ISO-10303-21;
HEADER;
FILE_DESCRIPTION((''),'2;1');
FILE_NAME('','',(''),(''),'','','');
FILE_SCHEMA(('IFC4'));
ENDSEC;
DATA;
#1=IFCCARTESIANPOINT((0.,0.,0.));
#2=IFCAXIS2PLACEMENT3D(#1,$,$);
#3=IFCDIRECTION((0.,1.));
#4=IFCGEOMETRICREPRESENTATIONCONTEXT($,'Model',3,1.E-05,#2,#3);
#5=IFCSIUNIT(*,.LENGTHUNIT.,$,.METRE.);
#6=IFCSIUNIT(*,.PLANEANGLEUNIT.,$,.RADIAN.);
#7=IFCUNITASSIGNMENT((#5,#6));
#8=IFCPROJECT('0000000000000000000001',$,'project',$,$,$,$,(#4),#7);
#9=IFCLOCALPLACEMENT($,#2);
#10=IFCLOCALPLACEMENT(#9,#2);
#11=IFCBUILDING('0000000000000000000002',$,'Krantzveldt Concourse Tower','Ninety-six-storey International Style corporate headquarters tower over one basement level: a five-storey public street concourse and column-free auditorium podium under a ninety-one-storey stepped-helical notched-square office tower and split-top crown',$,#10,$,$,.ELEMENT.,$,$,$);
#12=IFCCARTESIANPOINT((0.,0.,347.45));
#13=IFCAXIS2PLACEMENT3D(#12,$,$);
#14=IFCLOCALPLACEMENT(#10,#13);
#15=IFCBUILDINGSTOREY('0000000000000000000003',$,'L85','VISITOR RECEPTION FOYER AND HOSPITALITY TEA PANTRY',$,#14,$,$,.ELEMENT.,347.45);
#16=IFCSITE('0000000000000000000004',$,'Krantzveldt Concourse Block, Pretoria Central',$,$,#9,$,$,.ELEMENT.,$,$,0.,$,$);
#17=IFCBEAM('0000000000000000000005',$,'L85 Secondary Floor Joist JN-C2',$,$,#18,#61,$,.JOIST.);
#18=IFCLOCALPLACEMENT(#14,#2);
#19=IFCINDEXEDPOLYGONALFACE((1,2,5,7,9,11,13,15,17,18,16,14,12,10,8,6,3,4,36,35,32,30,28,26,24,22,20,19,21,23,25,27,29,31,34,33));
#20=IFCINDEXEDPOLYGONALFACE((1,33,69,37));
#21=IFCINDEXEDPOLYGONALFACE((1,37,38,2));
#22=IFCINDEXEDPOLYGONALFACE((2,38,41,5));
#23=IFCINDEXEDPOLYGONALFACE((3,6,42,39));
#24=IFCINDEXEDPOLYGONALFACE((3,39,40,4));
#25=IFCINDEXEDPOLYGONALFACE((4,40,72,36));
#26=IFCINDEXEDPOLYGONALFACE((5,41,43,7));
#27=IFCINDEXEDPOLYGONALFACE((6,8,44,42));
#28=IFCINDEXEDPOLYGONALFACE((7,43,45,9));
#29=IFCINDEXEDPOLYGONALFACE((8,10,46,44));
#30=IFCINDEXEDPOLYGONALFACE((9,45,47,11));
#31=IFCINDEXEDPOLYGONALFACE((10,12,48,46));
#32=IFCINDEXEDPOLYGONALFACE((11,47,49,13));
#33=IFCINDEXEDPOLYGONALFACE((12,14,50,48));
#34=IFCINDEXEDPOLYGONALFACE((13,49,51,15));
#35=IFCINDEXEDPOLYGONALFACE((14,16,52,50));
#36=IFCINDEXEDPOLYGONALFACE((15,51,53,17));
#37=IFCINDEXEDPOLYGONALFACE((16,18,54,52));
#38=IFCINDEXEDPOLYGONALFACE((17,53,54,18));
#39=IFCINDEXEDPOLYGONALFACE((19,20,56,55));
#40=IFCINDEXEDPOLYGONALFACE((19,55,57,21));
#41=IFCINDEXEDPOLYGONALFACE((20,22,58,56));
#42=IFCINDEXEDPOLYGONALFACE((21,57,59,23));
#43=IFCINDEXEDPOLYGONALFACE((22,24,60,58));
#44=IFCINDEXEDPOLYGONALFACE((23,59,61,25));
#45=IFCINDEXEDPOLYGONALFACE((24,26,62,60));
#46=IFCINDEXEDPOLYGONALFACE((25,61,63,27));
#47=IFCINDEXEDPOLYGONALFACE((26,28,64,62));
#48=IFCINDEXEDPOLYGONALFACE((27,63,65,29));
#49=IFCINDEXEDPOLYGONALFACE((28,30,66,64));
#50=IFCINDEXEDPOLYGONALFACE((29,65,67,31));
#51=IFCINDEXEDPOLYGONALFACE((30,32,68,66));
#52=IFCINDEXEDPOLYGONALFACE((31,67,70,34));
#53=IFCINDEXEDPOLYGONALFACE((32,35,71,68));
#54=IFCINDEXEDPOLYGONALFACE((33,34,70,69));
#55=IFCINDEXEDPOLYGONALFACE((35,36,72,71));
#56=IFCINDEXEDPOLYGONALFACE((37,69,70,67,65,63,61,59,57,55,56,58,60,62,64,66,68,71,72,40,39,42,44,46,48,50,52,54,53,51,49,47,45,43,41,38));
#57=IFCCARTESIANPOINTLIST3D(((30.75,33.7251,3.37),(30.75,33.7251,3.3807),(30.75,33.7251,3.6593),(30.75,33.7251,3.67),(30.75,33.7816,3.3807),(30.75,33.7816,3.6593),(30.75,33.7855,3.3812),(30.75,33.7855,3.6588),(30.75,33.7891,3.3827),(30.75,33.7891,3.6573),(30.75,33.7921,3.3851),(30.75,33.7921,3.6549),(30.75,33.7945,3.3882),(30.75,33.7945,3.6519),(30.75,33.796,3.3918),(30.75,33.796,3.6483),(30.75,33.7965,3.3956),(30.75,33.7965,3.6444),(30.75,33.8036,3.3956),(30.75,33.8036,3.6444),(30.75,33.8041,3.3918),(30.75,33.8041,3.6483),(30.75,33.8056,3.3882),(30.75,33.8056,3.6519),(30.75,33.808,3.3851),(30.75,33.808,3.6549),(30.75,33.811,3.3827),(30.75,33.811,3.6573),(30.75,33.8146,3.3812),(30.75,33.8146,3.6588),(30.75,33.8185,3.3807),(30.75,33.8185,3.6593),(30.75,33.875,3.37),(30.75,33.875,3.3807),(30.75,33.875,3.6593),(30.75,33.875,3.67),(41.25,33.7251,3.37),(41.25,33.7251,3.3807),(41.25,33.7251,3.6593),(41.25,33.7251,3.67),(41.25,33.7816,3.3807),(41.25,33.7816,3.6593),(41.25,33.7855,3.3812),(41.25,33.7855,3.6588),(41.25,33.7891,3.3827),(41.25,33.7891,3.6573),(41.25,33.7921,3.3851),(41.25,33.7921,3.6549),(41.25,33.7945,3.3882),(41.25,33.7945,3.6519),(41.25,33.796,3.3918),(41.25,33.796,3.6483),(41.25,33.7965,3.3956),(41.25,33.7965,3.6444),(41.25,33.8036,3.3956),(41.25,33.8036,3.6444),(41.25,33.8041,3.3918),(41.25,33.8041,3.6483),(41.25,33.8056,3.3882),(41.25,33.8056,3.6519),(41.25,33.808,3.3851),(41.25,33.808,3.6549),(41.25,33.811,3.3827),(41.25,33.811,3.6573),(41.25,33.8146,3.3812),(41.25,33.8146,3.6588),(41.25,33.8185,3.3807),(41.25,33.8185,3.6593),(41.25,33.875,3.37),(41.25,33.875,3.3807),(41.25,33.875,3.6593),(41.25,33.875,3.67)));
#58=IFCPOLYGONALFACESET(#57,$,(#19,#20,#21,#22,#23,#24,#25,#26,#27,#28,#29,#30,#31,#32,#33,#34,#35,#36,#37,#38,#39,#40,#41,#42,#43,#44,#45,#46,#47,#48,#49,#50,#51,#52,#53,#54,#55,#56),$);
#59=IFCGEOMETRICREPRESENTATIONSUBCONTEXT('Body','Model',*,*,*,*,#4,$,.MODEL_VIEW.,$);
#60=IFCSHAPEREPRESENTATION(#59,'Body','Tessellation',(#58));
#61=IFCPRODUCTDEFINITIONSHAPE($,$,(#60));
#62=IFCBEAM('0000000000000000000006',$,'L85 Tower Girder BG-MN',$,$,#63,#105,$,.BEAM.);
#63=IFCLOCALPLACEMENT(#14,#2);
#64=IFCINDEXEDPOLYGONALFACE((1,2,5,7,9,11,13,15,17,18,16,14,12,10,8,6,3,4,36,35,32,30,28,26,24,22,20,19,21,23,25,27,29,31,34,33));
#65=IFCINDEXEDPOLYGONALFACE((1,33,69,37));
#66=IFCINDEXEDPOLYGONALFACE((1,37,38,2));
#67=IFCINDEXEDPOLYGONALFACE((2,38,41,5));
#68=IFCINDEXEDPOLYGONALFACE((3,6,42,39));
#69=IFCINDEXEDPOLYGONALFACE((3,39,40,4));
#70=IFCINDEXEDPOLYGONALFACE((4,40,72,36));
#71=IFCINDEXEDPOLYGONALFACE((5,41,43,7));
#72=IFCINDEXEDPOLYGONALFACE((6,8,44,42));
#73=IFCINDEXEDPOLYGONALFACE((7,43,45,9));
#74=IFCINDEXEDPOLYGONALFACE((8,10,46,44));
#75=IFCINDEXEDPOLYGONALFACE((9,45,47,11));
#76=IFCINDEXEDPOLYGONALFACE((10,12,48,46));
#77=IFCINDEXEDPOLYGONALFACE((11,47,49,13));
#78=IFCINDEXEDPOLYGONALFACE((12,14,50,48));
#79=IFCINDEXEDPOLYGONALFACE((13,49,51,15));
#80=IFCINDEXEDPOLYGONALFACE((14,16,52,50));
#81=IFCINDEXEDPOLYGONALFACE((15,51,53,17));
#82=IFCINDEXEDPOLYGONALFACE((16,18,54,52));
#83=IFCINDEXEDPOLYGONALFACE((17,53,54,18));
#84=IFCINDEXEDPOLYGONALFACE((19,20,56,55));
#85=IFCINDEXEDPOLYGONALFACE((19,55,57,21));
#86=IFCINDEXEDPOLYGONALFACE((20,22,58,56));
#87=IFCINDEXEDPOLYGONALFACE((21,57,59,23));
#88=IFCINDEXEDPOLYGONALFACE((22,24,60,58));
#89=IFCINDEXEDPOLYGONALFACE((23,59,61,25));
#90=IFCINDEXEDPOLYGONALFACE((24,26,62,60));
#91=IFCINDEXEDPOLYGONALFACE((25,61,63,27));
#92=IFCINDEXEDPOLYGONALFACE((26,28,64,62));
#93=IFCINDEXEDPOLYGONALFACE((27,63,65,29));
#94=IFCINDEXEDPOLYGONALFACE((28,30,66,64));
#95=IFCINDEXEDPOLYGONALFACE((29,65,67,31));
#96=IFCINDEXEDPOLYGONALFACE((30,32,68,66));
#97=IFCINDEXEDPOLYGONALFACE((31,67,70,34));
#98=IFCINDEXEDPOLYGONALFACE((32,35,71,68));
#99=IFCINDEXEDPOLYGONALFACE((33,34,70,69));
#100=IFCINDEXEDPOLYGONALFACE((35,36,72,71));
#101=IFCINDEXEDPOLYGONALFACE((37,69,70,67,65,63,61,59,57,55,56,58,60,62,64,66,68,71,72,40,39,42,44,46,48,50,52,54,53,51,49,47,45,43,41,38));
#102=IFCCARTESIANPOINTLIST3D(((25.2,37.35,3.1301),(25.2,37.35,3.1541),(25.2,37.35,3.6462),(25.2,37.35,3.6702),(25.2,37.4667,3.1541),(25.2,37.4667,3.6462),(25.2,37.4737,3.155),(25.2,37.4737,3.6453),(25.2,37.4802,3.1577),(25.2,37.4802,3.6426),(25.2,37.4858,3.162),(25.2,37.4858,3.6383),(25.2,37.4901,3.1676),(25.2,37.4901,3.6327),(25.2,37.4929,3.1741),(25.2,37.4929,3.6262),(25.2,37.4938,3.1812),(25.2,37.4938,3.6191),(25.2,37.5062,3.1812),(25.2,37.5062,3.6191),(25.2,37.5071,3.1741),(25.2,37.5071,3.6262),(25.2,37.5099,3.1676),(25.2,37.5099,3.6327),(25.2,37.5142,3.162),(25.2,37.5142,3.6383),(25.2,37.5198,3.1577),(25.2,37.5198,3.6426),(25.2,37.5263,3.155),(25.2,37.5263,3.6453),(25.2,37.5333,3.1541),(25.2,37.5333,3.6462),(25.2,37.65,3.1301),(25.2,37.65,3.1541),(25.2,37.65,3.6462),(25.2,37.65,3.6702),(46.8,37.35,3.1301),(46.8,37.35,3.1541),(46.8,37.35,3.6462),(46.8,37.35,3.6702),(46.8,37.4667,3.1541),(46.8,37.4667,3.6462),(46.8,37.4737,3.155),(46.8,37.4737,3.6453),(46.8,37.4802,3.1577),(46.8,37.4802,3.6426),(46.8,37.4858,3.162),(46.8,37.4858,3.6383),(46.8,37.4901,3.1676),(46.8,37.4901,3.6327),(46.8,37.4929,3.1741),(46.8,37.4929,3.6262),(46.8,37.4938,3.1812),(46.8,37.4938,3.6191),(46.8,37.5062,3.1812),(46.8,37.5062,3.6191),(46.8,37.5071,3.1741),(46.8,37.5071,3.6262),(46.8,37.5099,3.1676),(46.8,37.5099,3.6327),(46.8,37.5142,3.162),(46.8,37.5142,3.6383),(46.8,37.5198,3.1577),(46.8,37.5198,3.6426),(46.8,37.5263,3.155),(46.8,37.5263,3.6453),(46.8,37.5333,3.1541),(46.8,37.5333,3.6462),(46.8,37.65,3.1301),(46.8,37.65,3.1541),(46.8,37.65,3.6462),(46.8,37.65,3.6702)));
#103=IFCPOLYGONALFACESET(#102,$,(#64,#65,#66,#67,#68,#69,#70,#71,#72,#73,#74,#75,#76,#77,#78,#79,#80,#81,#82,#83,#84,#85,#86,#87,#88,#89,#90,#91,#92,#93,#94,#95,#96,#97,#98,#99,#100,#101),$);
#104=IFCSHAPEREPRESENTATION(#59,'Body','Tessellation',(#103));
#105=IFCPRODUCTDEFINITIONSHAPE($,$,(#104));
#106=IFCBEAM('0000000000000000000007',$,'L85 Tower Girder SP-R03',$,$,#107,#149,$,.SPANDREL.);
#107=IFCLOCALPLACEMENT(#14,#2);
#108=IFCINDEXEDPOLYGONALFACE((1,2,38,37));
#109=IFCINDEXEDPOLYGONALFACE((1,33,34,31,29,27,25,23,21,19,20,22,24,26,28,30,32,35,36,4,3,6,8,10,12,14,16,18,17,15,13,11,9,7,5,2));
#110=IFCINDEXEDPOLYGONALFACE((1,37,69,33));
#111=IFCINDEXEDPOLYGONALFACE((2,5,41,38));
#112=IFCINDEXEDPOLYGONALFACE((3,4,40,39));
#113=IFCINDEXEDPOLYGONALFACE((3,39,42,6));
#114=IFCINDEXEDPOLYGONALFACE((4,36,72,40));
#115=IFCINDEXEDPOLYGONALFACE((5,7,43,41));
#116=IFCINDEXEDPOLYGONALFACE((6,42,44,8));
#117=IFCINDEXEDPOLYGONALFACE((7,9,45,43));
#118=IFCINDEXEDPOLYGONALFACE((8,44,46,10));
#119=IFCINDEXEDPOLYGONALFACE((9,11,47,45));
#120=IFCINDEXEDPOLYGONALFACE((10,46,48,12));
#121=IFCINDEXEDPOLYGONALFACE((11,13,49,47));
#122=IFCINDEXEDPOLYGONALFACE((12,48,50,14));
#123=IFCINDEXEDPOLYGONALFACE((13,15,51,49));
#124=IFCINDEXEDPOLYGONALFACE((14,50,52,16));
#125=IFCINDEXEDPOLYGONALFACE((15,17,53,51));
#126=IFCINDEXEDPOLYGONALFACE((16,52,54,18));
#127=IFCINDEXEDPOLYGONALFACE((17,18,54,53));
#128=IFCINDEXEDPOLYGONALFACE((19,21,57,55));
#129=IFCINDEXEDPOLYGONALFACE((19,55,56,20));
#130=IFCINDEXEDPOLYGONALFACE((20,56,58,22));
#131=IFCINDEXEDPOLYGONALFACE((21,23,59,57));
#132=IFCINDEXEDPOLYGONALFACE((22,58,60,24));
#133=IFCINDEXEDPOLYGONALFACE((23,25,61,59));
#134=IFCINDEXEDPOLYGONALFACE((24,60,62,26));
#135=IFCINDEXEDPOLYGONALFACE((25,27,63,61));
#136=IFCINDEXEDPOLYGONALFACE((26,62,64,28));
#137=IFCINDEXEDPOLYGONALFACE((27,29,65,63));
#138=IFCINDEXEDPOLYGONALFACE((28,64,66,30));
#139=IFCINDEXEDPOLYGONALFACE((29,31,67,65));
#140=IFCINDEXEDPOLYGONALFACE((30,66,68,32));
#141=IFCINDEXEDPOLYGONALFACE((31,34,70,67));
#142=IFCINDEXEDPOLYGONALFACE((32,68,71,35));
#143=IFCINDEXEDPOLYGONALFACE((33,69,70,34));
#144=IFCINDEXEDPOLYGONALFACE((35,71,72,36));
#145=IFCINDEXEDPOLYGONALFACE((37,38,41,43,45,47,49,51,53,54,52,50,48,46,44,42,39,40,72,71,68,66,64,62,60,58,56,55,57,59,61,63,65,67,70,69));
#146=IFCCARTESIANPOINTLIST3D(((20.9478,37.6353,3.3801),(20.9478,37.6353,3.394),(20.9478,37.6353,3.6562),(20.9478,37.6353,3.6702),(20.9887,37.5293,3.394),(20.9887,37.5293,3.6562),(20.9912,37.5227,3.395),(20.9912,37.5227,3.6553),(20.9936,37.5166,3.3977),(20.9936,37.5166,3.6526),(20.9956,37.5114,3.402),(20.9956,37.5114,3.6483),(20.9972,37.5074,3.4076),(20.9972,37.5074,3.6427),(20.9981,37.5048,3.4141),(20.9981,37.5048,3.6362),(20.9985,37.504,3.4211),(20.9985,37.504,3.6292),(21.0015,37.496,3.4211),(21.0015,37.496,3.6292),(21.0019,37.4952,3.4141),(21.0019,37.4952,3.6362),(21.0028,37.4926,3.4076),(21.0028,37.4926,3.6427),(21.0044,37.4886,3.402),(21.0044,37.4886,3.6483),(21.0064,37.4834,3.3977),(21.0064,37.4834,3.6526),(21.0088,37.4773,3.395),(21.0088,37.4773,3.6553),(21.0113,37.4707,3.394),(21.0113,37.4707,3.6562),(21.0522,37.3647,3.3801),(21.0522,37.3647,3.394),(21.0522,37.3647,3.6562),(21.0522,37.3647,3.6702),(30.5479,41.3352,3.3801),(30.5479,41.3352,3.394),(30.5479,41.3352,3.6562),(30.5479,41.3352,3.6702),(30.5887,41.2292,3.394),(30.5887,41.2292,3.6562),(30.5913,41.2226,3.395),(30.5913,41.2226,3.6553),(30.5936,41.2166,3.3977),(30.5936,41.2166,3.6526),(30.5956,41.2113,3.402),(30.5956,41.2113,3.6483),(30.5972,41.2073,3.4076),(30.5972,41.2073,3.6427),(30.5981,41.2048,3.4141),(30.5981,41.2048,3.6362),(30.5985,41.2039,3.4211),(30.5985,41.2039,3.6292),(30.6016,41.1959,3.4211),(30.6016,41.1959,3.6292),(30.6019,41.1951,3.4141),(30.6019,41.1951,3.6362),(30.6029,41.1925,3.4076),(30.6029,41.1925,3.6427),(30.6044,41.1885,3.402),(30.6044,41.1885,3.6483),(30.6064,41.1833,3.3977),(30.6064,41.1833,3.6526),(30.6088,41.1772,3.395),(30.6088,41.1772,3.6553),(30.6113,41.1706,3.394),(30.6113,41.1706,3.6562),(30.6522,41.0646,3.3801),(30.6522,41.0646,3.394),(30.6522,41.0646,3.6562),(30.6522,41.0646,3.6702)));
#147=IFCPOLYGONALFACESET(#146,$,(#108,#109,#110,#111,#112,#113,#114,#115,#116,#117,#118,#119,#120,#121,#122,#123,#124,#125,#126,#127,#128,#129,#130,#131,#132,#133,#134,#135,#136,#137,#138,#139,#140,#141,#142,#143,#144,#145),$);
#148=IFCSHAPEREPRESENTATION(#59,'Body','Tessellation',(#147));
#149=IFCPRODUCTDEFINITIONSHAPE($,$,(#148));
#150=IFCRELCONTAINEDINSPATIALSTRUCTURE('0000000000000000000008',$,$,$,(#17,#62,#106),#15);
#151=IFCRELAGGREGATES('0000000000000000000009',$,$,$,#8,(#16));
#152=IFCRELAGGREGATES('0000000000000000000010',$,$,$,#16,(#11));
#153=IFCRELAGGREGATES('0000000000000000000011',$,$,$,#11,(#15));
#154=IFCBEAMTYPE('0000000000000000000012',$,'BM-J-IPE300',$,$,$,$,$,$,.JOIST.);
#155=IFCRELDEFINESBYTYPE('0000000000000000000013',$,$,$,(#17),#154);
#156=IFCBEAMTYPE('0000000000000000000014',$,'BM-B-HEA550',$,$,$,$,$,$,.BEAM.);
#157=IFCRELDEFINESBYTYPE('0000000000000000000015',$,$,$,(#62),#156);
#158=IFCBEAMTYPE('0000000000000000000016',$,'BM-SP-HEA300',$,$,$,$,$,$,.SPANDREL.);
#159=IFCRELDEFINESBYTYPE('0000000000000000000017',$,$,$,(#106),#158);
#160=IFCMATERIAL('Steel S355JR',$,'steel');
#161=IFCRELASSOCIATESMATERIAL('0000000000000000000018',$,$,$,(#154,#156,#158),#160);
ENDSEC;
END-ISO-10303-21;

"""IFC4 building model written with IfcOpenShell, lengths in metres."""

from ifc_helpers import new_model, si_unit, direction, frame, origin, origin_2d, place, context, subcontext, project, spatial, i_section, extrude, source, transform, mapped, material, material_profile, profile_set, type_object, type_shapes, element, save


model = new_model("IFC4")

# Units and contexts
model_context = context("Model", 3, precision=1e-05, world=origin(), true_north=direction((0.0, 1.0)))
body_context = subcontext(model_context, "Body", "Model", "MODEL_VIEW")
ifc_project = project(units=[si_unit("LENGTHUNIT", "METRE"), si_unit("PLANEANGLEUNIT", "RADIAN")], contexts=[model_context])

# Site, building, storey
site_placement = place(None, origin())
site = spatial("IfcSite", under=ifc_project, at=site_placement, Name="Krantzveldt Concourse Block, Pretoria Central", CompositionType="ELEMENT", RefElevation=0.0)
building_placement = place(site_placement, origin())
building = spatial("IfcBuilding", under=site, at=building_placement, Name="Krantzveldt Concourse Tower", Description="Ninety-six-storey International Style corporate headquarters tower over one basement level: a five-storey public street concourse and column-free auditorium podium under a ninety-one-storey stepped-helical notched-square office tower and split-top crown", CompositionType="ELEMENT")
storey_placement = place(building_placement, frame((0.0, 0.0, 347.45)))
storey = spatial("IfcBuildingStorey", under=building, at=storey_placement, Name="L85", Description="VISITOR RECEPTION FOYER AND HOSPITALITY TEA PANTRY", CompositionType="ELEMENT", Elevation=347.45)

# Beams
ifc_material_1 = material(Name="Steel S355JR", Category="steel")
ifc_material_profile_1 = material_profile(ifc_material_1, i_section(OverallWidth=0.1499, OverallDepth=0.3, WebThickness=0.0071, FlangeThickness=0.0107, FilletRadius=0.0149, at=origin_2d()), Name="Steel S355JR", Category="steel")
ifc_profile_set_1 = profile_set([ifc_material_profile_1], Name="Steel S355JR - IPE 300")
beam_type_1 = type_object("IfcBeamType", Name="BM-J-IPE300", PredefinedType="JOIST", material=ifc_profile_set_1)
shared_shape_1 = source(origin(), body_context, "Body", "SweptSolid", [
    extrude(i_section(OverallWidth=0.1499, OverallDepth=0.3, WebThickness=0.0071, FlangeThickness=0.0107, FilletRadius=0.0149, at=origin_2d()), origin(), (0.0, 0.0, 1.0), 10.5),
])
beam_1_placement = place(storey_placement, frame((30.75, 33.8, 3.52), z_axis=(1.0, 0.0, 0.0), x_axis=(0.0, 1.0, 0.0)))
element("IfcBeam", 1, at=beam_1_placement, inside=storey, type_object=beam_type_1, Name="L85 Secondary Floor Joist JN-C2", PredefinedType="JOIST", context=body_context, shape_type="MappedRepresentation", body=[
    mapped(shared_shape_1, transform((0.0, 0.0, 0.0), x_axis=(1.0, 0.0, 0.0), y_axis=(0.0, 1.0, 0.0), z_axis=(0.0, 0.0, 1.0), scale=1.0)),
])
ifc_material_profile_2 = material_profile(ifc_material_1, i_section(OverallWidth=0.3, OverallDepth=0.54, WebThickness=0.0125, FlangeThickness=0.0239, FilletRadius=0.0271, at=origin_2d()), Name="Steel S355JR", Category="steel")
ifc_profile_set_2 = profile_set([ifc_material_profile_2], Name="Steel S355JR - HEA 550")
beam_type_2 = type_object("IfcBeamType", Name="BM-B-HEA550", PredefinedType="BEAM", material=ifc_profile_set_2)
shared_shape_2 = source(origin(), body_context, "Body", "SweptSolid", [
    extrude(i_section(OverallWidth=0.3, OverallDepth=0.54, WebThickness=0.0125, FlangeThickness=0.0239, FilletRadius=0.0271, at=origin_2d()), origin(), (0.0, 0.0, 1.0), 21.6001),
])
type_shapes(beam_type_2, [shared_shape_2])
beam_2_placement = place(storey_placement, frame((25.2, 37.5, 3.4001), z_axis=(1.0, 0.0, 0.0), x_axis=(0.0, 1.0, 0.0)))
element("IfcBeam", 2, at=beam_2_placement, inside=storey, type_object=beam_type_2, Name="L85 Tower Girder BG-MN", PredefinedType="BEAM", context=body_context, shape_type="MappedRepresentation", body=[
    mapped(shared_shape_2, transform((0.0, 0.0, 0.0), x_axis=(1.0, 0.0, 0.0), y_axis=(0.0, 1.0, 0.0), z_axis=(0.0, 0.0, 1.0), scale=1.0)),
])
ifc_material_profile_3 = material_profile(ifc_material_1, i_section(OverallWidth=0.29, OverallDepth=0.29, WebThickness=0.0085, FlangeThickness=0.0139, FilletRadius=0.0271, at=origin_2d()), Name="Steel S355JR", Category="steel")
ifc_profile_set_3 = profile_set([ifc_material_profile_3], Name="Steel S355JR - HEA 300")
beam_type_3 = type_object("IfcBeamType", Name="BM-SP-HEA300", PredefinedType="SPANDREL", material=ifc_profile_set_3)
shared_shape_3 = source(origin(), body_context, "Body", "SweptSolid", [
    extrude(i_section(OverallWidth=0.29, OverallDepth=0.29, WebThickness=0.0085, FlangeThickness=0.0139, FilletRadius=0.0271, at=origin_2d()), origin(), (0.0, 0.0, 1.0), 10.2883),
])
beam_3_placement = place(storey_placement, frame((21.0, 37.5, 3.5251), z_axis=(0.933098, 0.359623, 0.0), x_axis=(-0.359623, 0.933098, 0.0)))
element("IfcBeam", 3, at=beam_3_placement, inside=storey, type_object=beam_type_3, Name="L85 Tower Girder SP-R03", PredefinedType="SPANDREL", context=body_context, shape_type="MappedRepresentation", body=[
    mapped(shared_shape_3, transform((0.0, 0.0, 0.0), x_axis=(1.0, 0.0, 0.0), y_axis=(0.0, 1.0, 0.0), z_axis=(0.0, 0.0, 1.0), scale=1.0)),
])

save(model, "model.ifc")
